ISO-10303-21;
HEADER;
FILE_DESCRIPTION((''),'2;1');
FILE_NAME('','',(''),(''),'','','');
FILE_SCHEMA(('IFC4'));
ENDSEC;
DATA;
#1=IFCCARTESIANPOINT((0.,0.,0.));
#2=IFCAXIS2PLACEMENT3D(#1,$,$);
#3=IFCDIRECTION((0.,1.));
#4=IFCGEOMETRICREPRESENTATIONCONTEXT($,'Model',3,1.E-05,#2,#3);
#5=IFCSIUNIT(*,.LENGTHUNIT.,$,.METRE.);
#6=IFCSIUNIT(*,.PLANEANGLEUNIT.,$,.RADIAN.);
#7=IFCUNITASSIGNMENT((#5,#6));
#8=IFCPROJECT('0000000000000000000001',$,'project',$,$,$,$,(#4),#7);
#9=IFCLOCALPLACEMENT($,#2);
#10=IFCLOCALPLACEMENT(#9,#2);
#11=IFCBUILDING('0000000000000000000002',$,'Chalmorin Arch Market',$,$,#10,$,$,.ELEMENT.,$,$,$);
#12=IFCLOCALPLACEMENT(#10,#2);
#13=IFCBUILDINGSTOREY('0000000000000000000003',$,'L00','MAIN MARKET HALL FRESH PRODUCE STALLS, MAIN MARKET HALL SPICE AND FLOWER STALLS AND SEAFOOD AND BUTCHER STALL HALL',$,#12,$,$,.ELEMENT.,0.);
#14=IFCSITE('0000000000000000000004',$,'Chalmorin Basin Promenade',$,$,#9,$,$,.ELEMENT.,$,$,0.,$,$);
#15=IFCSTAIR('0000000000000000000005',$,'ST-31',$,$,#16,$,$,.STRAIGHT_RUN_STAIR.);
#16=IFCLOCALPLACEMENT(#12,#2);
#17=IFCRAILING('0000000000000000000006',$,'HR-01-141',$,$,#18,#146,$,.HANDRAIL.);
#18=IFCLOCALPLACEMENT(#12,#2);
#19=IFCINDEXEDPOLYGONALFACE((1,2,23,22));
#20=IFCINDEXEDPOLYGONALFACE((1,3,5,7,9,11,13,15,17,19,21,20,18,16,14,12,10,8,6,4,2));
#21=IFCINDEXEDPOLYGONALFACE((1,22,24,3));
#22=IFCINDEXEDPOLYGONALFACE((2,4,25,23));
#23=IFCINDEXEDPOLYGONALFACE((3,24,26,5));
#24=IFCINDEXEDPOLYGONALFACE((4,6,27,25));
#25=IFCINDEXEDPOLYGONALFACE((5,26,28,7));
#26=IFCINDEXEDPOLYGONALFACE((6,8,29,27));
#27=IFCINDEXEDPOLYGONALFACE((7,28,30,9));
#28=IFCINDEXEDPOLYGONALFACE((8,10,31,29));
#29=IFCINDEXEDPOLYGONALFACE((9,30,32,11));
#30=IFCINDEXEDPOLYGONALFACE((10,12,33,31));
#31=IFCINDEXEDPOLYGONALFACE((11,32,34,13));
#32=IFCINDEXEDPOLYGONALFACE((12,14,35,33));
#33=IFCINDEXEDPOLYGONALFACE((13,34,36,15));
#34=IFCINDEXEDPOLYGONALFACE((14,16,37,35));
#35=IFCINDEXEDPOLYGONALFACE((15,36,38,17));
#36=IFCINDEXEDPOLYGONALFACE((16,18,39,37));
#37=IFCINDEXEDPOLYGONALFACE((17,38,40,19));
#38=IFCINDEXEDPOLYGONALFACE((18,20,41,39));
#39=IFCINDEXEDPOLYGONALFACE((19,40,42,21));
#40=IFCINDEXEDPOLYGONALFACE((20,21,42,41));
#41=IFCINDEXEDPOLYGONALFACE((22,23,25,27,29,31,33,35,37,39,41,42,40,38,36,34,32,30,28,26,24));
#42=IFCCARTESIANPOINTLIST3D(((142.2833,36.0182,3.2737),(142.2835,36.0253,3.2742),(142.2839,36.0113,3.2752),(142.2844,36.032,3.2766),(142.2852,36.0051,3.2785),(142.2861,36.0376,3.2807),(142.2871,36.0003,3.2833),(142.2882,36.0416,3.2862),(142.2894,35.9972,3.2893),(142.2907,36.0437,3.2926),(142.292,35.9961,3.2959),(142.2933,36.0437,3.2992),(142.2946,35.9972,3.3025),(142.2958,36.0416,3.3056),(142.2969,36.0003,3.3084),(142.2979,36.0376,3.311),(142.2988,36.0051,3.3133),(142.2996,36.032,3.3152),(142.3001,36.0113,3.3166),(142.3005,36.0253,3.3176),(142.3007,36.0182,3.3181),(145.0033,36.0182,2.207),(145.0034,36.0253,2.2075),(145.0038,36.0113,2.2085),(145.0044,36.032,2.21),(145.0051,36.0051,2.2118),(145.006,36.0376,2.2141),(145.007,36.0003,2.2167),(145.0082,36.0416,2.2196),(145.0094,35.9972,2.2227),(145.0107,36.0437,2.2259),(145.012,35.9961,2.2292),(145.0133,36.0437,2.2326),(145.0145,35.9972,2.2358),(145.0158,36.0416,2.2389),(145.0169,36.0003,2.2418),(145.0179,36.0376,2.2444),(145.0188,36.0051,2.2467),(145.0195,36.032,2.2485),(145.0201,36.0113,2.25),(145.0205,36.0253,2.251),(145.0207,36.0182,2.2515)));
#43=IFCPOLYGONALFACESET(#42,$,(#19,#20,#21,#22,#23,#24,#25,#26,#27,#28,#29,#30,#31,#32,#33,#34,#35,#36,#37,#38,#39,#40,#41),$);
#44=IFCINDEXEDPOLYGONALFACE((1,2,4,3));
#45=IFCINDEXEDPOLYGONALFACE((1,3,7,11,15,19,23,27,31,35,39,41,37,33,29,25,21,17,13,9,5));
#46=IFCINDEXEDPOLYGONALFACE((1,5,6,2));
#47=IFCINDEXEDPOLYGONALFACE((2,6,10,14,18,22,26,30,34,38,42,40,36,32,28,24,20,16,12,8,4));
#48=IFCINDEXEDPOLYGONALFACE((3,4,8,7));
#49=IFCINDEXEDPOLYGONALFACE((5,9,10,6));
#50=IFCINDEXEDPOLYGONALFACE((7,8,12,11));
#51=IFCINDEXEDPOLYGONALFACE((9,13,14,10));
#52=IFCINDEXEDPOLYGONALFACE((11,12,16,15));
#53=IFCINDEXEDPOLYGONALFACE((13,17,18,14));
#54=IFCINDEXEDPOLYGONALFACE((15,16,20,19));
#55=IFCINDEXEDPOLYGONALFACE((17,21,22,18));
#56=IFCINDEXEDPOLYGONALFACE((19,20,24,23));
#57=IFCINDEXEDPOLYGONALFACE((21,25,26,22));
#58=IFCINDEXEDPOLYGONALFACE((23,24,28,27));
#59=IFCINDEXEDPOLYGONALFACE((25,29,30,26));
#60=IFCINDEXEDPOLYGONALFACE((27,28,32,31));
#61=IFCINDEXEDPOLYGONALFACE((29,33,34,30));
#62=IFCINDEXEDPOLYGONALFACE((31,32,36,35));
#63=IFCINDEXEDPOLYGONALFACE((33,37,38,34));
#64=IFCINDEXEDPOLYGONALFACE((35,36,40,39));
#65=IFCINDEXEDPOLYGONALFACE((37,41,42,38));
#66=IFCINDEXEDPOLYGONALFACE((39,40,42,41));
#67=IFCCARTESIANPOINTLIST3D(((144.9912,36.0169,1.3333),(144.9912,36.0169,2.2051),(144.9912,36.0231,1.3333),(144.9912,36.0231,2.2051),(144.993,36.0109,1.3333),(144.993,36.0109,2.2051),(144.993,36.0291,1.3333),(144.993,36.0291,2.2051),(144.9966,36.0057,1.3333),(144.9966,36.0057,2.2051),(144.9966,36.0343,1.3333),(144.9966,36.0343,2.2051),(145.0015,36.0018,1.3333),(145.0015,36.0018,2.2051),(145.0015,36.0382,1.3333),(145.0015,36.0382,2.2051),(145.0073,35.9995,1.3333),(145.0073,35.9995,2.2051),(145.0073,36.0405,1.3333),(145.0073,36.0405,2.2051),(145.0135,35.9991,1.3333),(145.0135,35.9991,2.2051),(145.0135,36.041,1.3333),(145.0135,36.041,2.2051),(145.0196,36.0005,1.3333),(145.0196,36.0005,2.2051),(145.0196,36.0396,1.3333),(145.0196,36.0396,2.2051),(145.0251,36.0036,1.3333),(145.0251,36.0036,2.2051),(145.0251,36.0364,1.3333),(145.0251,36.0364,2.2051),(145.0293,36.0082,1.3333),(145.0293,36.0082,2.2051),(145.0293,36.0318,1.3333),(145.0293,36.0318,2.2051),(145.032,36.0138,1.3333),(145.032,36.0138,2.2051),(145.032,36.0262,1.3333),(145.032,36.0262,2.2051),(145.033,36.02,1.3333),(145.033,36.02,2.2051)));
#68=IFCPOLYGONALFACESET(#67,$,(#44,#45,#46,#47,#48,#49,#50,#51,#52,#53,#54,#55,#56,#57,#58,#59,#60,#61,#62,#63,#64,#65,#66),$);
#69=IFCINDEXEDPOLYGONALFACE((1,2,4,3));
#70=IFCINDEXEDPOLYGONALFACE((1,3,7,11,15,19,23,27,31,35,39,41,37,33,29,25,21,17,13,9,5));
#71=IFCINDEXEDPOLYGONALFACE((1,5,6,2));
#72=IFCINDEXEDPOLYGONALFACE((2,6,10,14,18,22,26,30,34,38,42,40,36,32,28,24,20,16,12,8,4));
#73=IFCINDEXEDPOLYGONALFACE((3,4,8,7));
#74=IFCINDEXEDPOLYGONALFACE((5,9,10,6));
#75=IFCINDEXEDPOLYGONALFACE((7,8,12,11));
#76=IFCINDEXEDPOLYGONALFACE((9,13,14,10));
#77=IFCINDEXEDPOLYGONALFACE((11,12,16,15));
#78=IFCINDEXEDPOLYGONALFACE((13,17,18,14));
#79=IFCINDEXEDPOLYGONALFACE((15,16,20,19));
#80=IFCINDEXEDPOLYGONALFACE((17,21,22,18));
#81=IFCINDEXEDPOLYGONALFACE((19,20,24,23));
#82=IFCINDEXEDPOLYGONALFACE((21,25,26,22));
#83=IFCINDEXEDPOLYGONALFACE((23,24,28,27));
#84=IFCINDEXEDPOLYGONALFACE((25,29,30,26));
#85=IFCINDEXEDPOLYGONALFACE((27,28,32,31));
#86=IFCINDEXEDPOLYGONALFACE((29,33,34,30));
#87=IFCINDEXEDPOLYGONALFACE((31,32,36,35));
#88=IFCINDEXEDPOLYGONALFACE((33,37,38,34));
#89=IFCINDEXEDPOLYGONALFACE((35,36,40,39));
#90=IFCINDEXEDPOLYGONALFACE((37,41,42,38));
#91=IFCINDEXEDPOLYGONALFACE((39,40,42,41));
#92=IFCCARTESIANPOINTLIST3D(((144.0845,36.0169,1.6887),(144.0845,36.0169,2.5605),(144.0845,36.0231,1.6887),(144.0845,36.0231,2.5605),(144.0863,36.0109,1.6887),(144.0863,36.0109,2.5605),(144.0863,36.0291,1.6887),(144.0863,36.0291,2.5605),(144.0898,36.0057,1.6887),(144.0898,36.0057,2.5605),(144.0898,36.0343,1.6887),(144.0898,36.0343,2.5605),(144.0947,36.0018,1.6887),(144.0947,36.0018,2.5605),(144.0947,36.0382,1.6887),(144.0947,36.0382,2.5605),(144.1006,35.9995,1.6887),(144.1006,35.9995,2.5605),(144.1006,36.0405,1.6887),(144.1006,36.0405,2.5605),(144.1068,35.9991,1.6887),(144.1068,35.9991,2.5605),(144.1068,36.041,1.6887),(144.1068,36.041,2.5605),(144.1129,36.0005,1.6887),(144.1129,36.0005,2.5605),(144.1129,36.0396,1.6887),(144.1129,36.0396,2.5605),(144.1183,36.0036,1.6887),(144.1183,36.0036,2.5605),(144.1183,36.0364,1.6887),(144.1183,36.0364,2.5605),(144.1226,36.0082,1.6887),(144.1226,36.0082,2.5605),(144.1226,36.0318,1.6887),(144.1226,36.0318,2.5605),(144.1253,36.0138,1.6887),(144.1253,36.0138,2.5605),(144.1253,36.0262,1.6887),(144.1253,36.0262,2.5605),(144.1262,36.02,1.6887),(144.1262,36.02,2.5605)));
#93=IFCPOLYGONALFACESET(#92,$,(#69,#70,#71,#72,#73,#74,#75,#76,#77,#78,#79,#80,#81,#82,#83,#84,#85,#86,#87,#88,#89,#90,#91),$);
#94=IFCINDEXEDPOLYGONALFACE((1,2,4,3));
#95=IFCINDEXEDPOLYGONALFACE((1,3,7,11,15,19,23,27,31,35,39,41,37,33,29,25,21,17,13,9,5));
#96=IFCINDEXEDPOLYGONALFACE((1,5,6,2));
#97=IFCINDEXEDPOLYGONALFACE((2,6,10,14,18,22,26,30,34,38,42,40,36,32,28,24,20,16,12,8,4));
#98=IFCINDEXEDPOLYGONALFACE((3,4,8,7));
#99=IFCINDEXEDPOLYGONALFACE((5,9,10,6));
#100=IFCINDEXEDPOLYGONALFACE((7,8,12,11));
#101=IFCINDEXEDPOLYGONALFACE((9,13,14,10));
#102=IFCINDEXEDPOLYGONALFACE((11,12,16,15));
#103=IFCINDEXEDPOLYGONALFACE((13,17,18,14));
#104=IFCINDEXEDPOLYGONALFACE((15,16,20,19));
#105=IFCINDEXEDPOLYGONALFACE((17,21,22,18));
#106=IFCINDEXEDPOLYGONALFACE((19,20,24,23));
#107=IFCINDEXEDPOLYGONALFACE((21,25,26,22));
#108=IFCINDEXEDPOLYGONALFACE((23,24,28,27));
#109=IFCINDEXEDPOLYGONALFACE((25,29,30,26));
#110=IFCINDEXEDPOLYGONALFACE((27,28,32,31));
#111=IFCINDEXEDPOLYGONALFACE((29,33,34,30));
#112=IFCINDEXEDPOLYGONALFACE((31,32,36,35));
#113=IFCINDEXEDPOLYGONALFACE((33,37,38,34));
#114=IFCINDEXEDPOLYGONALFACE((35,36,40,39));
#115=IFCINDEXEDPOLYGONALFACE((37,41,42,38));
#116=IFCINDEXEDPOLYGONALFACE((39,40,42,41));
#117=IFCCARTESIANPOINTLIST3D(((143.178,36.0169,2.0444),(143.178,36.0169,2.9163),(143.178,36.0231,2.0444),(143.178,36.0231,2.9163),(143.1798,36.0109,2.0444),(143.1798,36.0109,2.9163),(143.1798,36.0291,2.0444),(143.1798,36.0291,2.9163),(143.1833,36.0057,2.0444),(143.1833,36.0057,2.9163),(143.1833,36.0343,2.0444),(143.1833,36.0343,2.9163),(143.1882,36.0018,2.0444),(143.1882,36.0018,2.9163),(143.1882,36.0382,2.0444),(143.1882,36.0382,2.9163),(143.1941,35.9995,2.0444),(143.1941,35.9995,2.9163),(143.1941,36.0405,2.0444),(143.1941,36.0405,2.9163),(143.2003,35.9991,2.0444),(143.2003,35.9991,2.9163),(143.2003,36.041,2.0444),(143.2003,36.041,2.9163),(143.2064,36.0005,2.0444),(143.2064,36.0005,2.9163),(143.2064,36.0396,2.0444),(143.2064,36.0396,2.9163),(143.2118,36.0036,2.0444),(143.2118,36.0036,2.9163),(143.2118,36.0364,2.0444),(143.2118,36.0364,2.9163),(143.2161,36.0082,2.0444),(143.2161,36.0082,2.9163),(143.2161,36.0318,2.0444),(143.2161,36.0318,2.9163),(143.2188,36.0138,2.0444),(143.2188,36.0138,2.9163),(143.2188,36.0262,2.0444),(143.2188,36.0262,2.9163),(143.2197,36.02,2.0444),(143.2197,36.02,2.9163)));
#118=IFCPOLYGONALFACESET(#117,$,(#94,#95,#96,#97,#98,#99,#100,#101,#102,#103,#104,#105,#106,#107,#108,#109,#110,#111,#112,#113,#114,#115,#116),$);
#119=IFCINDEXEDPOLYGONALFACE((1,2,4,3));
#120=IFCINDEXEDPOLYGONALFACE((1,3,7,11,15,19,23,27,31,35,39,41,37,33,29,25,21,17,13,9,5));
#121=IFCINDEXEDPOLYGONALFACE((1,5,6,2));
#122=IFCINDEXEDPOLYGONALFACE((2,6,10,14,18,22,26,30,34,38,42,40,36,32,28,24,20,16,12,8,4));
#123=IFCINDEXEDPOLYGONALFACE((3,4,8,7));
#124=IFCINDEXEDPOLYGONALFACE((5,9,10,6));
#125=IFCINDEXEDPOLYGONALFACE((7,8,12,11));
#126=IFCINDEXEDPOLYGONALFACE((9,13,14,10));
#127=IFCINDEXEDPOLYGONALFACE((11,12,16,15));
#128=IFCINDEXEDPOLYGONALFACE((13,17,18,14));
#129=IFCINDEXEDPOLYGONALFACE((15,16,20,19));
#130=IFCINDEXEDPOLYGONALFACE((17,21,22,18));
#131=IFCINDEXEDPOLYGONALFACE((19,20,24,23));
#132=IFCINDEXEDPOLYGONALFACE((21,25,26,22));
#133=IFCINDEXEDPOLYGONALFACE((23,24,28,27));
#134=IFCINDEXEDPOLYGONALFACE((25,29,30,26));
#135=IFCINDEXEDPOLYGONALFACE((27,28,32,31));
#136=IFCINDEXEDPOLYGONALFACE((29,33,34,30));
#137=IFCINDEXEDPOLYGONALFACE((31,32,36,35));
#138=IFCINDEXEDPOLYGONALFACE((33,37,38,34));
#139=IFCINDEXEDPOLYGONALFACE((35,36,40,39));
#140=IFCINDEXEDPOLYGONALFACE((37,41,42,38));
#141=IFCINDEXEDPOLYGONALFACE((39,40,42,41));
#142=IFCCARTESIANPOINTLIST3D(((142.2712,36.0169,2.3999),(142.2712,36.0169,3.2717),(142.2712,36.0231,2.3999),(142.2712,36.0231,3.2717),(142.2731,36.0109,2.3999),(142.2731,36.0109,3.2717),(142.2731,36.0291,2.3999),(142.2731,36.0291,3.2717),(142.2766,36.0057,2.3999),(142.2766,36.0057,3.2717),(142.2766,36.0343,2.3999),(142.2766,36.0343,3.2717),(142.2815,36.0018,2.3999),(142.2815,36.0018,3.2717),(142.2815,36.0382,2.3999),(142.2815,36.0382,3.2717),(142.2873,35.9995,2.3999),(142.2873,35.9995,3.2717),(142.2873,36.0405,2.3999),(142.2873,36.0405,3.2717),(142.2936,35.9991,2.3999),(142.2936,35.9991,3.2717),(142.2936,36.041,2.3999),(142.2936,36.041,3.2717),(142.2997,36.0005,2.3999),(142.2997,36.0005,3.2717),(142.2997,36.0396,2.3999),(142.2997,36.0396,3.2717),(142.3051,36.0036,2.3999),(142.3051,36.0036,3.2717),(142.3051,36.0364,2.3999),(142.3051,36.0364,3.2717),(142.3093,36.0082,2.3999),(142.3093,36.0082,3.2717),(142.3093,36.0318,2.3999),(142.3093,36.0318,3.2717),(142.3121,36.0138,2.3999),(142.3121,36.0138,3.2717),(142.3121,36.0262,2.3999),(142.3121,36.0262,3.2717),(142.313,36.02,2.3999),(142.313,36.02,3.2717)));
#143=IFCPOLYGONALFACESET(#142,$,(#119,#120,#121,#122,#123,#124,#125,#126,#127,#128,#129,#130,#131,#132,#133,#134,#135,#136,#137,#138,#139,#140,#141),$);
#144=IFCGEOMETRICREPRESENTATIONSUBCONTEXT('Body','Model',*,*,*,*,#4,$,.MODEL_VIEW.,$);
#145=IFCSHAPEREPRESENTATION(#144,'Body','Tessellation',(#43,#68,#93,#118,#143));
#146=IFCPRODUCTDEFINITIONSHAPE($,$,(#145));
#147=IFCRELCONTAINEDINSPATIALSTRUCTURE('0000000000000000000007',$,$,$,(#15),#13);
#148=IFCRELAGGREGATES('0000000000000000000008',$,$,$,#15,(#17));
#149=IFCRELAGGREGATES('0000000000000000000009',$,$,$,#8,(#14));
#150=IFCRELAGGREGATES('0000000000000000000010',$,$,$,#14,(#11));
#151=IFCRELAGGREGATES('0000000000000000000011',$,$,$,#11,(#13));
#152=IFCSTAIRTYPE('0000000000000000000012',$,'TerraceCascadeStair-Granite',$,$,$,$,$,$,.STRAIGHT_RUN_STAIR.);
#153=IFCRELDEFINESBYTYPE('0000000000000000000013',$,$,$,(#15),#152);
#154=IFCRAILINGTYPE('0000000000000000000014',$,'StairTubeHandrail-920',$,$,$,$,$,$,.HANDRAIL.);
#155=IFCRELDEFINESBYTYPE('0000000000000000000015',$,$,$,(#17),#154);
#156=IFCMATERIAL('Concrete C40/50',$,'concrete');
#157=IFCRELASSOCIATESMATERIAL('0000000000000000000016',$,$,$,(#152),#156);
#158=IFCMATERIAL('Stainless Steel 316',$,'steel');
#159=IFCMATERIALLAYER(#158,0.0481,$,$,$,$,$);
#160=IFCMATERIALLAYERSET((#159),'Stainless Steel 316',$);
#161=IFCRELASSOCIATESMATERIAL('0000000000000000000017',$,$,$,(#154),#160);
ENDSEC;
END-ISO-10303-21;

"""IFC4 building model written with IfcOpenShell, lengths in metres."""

from ifc_helpers import new_model, si_unit, direction, frame, origin, origin_2d, place, context, subcontext, project, spatial, circle, extrude, material, layer, layer_set, type_object, element, aggregate, save


model = new_model("IFC4")

# Units and contexts
model_context = context("Model", 3, precision=1e-05, world=origin(), true_north=direction((0.0, 1.0)))
body_context = subcontext(model_context, "Body", "Model", "MODEL_VIEW")
ifc_project = project(units=[si_unit("LENGTHUNIT", "METRE"), si_unit("PLANEANGLEUNIT", "RADIAN")], contexts=[model_context])

# Site, building, storey
site_placement = place(None, origin())
site = spatial("IfcSite", under=ifc_project, at=site_placement, Name="Chalmorin Basin Promenade", CompositionType="ELEMENT", RefElevation=0.0)
building_placement = place(site_placement, origin())
building = spatial("IfcBuilding", under=site, at=building_placement, Name="Chalmorin Arch Market", CompositionType="ELEMENT")
storey_placement = place(building_placement, origin())
storey = spatial("IfcBuildingStorey", under=building, at=storey_placement, Name="L00", Description="MAIN MARKET HALL FRESH PRODUCE STALLS, MAIN MARKET HALL SPICE AND FLOWER STALLS AND SEAFOOD AND BUTCHER STALL HALL", CompositionType="ELEMENT", Elevation=0.0)

# Shared definitions
ifc_material_1 = material(Name="Concrete C40/50", Category="concrete")

# Stair
stair_type = type_object("IfcStairType", Name="TerraceCascadeStair-Granite", PredefinedType="STRAIGHT_RUN_STAIR", material=ifc_material_1)
stair_1_placement = place(storey_placement, origin())
stair_1 = element("IfcStair", 1, at=stair_1_placement, inside=storey, type_object=stair_type, Name="ST-31", PredefinedType="STRAIGHT_RUN_STAIR")

# Railing
ifc_material_2 = material(Name="Stainless Steel 316", Category="steel")
ifc_layer_1 = layer(ifc_material_2, 0.0481)
ifc_layer_set_1 = layer_set([ifc_layer_1], Name="Stainless Steel 316")
railing_type_1 = type_object("IfcRailingType", Name="StairTubeHandrail-920", PredefinedType="HANDRAIL", material=ifc_layer_set_1)
railing_1_placement = place(storey_placement, frame((145.012, 36.02, 1.3333)))
railing_1 = element("IfcRailing", 2, at=railing_1_placement, type_object=railing_type_1, Name="HR-01-141", PredefinedType="HANDRAIL", context=body_context, shape_type="SweptSolid", body=[
    extrude(circle(Radius=0.0239, at=origin_2d()), frame((0.0, 0.0, 0.896), z_axis=(-0.930974, 0.0, 0.365086), x_axis=(0.0, -1.0, 0.0)), (0.0, 0.0, 1.0), 2.9216),
    extrude(circle(Radius=0.021, at=origin_2d()), origin(), (0.0, 0.0, 1.0), 0.8718),
    extrude(circle(Radius=0.021, at=origin_2d()), frame((-0.9067, 0.0, 0.3555)), (0.0, 0.0, 1.0), 0.8718),
    extrude(circle(Radius=0.021, at=origin_2d()), frame((-1.8132, 0.0, 0.7112)), (0.0, 0.0, 1.0), 0.8718),
    extrude(circle(Radius=0.021, at=origin_2d()), frame((-2.72, 0.0, 1.0667)), (0.0, 0.0, 1.0), 0.8718),
])
aggregate(stair_1, [railing_1])

save(model, "model.ifc")
